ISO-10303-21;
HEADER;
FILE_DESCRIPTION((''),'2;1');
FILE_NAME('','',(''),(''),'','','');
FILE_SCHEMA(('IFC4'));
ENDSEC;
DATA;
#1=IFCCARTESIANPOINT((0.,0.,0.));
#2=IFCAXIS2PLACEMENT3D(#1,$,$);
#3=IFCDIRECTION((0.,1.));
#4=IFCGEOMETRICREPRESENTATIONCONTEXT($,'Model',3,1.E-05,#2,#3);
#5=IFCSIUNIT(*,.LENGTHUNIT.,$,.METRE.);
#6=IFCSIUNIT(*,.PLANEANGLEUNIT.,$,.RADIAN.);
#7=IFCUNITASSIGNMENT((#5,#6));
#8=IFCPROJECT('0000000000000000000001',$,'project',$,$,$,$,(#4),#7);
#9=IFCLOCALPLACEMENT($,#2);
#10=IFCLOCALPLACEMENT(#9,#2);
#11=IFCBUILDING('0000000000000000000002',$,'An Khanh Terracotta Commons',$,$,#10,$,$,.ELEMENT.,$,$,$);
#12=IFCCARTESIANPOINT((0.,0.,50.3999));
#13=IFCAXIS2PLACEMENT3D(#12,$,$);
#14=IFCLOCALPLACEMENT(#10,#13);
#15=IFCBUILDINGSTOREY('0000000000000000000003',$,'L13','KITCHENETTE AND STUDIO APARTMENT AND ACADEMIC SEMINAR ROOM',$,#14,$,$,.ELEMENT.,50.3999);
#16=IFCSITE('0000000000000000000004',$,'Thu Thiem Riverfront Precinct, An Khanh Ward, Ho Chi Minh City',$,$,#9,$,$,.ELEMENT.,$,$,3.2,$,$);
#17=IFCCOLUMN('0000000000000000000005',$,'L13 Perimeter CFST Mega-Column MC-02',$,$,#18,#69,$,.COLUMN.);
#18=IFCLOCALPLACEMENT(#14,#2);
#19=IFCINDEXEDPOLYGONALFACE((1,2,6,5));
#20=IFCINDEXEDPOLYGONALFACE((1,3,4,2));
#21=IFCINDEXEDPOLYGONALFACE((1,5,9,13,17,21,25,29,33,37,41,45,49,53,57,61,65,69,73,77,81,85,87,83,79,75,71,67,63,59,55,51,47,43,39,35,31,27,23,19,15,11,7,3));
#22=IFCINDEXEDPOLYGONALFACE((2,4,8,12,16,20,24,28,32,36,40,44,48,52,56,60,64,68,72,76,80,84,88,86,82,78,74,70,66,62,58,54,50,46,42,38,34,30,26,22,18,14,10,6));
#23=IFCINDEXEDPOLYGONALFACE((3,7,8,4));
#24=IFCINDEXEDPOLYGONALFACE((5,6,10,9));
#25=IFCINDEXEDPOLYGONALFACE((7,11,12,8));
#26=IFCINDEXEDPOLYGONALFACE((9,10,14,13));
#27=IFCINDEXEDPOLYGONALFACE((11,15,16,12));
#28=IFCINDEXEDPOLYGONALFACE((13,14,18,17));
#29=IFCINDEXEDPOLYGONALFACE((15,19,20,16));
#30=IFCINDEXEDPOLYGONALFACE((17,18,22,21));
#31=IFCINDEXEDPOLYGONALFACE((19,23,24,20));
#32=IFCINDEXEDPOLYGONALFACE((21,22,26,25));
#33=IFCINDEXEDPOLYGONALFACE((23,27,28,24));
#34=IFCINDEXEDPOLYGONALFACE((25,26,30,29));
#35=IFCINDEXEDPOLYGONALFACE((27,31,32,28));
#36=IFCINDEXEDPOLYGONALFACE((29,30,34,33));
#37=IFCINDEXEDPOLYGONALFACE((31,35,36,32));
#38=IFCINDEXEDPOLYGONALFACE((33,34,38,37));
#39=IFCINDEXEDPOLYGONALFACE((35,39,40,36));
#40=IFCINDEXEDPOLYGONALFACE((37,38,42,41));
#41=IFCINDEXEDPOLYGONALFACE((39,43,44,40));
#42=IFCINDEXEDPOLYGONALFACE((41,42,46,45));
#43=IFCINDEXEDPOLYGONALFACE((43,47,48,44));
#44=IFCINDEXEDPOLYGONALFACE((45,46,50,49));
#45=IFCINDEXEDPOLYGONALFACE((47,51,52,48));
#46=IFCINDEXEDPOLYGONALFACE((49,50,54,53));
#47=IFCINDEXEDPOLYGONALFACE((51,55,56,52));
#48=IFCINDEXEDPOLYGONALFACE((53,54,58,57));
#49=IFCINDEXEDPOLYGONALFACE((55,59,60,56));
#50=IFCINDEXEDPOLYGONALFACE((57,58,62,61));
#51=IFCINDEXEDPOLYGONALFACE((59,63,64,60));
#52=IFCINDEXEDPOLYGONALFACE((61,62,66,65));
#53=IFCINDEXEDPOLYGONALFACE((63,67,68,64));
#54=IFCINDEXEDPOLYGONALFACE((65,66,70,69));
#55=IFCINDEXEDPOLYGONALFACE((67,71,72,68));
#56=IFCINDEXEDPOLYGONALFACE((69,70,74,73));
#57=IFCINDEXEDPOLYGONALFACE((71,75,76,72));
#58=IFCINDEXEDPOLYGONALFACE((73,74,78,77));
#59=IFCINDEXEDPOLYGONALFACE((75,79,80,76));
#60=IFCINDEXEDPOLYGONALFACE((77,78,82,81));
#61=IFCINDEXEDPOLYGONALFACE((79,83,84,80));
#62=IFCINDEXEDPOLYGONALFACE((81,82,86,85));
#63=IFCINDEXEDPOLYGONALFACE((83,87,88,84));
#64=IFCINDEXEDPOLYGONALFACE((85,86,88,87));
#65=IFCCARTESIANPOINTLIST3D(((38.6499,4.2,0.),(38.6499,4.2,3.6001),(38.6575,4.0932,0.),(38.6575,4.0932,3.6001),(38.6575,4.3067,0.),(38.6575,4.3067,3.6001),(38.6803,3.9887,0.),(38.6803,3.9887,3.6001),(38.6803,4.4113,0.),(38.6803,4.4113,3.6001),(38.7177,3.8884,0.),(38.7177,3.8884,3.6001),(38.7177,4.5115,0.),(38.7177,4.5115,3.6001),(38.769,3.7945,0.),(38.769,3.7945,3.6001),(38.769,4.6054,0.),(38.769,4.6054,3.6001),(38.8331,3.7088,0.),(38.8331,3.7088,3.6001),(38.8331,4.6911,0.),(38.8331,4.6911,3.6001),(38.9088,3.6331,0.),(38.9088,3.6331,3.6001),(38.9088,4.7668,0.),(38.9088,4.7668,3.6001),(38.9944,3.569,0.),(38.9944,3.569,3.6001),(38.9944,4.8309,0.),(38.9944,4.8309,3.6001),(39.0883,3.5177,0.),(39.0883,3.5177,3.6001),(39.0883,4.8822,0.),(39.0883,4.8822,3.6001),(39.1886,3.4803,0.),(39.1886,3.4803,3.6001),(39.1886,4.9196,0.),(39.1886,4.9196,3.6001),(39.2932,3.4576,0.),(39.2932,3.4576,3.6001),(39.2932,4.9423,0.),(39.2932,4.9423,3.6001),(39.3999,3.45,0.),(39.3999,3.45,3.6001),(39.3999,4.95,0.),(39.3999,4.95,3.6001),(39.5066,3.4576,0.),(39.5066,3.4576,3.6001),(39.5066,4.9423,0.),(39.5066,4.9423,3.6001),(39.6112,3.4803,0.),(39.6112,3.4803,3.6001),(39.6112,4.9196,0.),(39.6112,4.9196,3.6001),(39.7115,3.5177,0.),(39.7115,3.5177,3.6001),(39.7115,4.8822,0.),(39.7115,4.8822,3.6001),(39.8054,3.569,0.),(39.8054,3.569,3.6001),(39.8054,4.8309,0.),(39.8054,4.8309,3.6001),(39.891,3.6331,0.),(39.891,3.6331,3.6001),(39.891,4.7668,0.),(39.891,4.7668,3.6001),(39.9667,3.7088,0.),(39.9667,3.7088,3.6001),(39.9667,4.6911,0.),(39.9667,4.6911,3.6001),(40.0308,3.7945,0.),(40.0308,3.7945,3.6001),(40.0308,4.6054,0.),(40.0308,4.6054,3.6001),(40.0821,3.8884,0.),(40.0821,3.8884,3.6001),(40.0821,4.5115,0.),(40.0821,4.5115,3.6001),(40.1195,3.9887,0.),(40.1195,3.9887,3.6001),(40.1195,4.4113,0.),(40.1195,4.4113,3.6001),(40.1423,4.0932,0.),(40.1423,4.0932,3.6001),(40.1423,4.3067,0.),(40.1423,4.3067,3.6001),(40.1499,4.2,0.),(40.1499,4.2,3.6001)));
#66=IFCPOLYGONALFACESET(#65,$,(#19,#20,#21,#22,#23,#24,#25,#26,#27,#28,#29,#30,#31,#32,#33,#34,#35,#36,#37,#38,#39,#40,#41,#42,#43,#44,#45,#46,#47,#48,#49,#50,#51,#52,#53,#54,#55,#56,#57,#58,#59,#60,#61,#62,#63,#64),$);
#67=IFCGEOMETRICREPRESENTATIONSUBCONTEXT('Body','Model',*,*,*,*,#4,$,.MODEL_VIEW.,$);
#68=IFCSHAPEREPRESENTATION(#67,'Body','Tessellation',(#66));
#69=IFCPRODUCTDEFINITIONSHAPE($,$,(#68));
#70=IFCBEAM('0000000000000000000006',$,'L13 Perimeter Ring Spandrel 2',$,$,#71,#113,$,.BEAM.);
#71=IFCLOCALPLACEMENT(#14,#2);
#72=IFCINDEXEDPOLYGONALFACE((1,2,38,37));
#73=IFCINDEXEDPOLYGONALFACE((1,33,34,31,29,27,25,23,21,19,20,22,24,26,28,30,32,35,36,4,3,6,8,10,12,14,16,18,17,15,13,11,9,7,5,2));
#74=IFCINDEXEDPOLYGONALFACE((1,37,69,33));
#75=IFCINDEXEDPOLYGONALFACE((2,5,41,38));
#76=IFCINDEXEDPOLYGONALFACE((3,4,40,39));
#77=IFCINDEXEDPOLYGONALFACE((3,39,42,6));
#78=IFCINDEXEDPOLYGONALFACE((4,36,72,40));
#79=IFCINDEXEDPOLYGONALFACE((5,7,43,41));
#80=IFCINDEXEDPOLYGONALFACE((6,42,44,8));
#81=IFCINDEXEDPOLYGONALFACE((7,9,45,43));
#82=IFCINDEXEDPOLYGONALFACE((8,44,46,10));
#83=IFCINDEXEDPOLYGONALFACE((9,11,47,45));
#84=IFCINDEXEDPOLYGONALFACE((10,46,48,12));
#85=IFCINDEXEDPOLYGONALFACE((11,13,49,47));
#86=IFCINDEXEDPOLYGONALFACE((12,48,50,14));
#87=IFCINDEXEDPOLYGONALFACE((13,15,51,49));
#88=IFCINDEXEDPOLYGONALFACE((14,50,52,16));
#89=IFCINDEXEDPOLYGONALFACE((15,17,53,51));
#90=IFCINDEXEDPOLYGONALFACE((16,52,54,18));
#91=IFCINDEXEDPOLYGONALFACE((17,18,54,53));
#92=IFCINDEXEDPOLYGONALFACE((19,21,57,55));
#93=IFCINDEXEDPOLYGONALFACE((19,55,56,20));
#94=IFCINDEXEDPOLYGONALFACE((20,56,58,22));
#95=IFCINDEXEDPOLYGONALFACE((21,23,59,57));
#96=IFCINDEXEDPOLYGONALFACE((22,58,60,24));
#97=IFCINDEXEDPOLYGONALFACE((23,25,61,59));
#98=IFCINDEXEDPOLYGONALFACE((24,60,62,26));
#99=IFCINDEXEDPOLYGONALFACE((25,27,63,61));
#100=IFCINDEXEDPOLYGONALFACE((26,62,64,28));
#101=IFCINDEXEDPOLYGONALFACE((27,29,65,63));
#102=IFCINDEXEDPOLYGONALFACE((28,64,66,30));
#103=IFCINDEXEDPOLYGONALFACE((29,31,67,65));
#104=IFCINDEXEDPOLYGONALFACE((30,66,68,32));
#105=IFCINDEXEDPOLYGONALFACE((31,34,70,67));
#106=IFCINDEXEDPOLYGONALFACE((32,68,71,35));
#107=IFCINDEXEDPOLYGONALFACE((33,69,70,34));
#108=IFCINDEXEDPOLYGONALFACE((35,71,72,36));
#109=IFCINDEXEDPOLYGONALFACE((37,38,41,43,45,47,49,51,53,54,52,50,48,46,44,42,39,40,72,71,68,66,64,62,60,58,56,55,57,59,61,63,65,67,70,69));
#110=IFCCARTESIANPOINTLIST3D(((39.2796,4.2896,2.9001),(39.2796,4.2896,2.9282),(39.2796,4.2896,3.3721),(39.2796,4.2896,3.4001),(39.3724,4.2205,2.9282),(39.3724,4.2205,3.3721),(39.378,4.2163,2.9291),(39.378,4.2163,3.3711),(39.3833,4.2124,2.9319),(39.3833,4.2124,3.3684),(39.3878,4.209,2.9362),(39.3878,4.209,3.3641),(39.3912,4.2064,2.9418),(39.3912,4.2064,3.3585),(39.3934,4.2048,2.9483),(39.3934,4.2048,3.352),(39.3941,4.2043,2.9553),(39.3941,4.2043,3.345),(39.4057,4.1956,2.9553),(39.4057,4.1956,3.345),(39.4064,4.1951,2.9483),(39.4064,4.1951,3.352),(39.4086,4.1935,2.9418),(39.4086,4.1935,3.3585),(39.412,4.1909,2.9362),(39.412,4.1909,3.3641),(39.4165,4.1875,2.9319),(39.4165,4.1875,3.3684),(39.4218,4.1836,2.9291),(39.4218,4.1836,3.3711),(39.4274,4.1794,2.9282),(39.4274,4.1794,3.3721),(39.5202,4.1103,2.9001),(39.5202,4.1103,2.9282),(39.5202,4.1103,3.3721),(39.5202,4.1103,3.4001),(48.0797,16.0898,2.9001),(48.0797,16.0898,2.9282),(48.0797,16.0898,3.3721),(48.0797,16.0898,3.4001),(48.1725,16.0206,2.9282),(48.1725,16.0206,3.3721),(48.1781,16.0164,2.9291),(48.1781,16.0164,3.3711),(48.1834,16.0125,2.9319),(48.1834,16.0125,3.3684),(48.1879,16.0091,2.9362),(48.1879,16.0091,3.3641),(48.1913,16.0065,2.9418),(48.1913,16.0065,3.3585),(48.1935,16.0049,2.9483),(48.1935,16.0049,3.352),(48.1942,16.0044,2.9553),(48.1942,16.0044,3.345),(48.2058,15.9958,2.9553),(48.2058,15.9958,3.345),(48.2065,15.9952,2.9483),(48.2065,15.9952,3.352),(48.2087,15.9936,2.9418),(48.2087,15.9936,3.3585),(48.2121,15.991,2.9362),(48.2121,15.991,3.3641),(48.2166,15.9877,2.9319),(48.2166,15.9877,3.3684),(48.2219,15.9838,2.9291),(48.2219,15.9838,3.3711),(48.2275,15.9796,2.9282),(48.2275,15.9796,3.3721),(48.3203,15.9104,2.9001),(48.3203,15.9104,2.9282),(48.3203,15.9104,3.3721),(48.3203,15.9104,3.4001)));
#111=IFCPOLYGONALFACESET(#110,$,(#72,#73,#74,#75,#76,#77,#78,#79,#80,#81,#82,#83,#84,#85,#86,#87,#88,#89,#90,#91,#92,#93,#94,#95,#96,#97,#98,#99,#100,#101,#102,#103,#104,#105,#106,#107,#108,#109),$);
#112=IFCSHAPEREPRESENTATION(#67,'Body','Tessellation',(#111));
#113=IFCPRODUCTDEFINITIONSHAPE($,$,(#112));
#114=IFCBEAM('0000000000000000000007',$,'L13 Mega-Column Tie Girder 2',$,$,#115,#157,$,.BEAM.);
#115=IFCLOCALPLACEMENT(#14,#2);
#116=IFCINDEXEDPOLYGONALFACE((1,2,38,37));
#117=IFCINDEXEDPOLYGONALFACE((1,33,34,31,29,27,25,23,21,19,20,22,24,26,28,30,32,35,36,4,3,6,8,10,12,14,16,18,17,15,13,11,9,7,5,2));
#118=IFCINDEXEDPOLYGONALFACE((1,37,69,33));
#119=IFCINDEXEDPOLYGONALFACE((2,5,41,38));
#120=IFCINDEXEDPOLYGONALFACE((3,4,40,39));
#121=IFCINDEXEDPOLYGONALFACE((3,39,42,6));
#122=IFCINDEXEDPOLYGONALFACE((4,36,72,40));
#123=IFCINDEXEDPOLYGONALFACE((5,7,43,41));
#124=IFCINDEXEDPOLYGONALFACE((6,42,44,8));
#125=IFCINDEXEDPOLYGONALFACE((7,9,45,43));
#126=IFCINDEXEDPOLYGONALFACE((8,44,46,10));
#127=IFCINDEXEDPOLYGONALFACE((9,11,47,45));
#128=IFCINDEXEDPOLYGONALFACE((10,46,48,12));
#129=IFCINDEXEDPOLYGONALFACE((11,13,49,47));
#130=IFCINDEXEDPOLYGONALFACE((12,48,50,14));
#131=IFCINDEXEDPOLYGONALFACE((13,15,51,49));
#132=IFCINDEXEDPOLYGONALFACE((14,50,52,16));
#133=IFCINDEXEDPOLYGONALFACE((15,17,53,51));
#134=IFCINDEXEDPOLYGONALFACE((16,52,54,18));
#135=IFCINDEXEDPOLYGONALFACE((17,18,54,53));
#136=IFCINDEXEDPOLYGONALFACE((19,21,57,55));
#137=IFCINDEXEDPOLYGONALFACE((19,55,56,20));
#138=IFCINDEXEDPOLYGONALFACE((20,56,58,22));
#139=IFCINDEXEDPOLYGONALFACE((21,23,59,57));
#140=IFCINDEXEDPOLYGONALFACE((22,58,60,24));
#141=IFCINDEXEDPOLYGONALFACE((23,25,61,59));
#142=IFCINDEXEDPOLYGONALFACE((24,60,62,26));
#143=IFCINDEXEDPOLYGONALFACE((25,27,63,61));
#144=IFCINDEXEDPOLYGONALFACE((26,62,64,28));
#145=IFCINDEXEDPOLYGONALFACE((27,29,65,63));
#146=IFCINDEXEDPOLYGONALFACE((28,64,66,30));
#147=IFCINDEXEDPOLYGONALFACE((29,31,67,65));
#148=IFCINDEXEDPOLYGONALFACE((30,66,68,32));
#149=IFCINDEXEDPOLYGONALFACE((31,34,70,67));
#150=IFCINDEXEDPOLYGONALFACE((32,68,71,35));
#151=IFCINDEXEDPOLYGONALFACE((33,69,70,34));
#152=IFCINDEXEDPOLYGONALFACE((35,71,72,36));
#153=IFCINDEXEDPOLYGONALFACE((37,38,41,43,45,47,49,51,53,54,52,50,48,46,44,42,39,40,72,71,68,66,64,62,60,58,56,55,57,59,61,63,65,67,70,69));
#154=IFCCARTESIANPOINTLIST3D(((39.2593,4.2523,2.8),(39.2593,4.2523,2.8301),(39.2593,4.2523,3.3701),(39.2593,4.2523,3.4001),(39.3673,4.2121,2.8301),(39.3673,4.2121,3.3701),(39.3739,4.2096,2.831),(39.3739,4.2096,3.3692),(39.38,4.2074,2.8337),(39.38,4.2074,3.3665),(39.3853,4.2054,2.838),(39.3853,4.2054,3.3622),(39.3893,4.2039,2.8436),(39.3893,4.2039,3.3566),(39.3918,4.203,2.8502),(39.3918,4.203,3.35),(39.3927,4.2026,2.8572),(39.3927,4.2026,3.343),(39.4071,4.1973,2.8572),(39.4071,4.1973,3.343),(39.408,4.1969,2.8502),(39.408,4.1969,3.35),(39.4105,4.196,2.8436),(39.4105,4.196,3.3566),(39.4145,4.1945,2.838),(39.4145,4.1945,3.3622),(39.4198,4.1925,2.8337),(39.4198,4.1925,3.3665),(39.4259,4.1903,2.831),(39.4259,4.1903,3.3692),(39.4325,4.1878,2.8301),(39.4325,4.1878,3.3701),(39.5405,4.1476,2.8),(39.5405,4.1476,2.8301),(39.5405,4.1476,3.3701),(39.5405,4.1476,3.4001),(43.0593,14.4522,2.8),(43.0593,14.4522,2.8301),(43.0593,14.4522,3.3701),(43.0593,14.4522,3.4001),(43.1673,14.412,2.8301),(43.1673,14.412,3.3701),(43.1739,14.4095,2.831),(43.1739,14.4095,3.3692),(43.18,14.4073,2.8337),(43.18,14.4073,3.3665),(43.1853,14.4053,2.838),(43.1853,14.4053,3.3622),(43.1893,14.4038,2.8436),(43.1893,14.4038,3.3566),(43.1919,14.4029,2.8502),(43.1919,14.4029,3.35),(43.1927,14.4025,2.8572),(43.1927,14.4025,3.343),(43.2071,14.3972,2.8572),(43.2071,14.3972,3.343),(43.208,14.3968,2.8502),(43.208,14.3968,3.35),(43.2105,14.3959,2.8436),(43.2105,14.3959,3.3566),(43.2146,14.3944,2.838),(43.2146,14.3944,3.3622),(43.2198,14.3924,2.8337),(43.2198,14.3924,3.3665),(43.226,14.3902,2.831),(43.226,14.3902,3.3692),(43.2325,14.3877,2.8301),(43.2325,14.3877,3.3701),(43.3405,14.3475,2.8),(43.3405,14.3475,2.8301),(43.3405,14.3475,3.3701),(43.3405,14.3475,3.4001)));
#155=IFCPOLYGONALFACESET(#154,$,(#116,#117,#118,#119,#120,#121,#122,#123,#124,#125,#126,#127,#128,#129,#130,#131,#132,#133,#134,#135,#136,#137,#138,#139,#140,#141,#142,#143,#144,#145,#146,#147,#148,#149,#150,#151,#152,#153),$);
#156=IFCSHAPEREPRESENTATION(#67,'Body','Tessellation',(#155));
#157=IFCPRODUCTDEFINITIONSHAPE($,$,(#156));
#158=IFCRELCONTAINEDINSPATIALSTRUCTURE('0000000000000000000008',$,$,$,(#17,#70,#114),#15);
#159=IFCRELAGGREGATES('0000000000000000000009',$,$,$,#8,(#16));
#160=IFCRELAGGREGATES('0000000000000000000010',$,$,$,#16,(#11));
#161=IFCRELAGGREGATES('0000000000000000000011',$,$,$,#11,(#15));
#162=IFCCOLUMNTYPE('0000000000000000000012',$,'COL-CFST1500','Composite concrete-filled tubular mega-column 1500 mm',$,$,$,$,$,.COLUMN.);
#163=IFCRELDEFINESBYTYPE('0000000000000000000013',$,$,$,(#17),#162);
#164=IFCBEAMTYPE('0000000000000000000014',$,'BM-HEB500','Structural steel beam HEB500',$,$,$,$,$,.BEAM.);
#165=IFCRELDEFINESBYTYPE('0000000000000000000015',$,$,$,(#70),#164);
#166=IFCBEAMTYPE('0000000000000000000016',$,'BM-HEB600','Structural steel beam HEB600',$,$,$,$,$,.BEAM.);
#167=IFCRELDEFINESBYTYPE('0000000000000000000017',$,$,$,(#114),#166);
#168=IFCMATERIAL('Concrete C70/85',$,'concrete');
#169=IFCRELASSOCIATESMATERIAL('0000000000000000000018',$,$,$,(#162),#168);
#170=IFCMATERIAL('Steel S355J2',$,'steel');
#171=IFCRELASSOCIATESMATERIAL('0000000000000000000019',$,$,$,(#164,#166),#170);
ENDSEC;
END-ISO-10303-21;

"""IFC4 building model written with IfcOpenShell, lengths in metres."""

from ifc_helpers import new_model, si_unit, direction, frame, origin, origin_2d, place, context, subcontext, project, spatial, circle, i_section, extrude, material, material_profile, profile_set, type_object, element, save


model = new_model("IFC4")

# Units and contexts
model_context = context("Model", 3, precision=1e-05, world=origin(), true_north=direction((0.0, 1.0)))
body_context = subcontext(model_context, "Body", "Model", "MODEL_VIEW")
ifc_project = project(units=[si_unit("LENGTHUNIT", "METRE"), si_unit("PLANEANGLEUNIT", "RADIAN")], contexts=[model_context])

# Site, building, storey
site_placement = place(None, origin())
site = spatial("IfcSite", under=ifc_project, at=site_placement, Name="Thu Thiem Riverfront Precinct, An Khanh Ward, Ho Chi Minh City", CompositionType="ELEMENT", RefElevation=3.2)
building_placement = place(site_placement, origin())
building = spatial("IfcBuilding", under=site, at=building_placement, Name="An Khanh Terracotta Commons", CompositionType="ELEMENT")
storey_placement = place(building_placement, frame((0.0, 0.0, 50.3999)))
storey = spatial("IfcBuildingStorey", under=building, at=storey_placement, Name="L13", Description="KITCHENETTE AND STUDIO APARTMENT AND ACADEMIC SEMINAR ROOM", CompositionType="ELEMENT", Elevation=50.3999)

# Column
ifc_material_1 = material(Name="Concrete C70/85", Category="concrete")
ifc_material_profile_1 = material_profile(ifc_material_1, circle(Radius=0.75, at=origin_2d()), Name="CFST1500")
ifc_profile_set_1 = profile_set([ifc_material_profile_1], Name="Concrete C70/85")
column_type = type_object("IfcColumnType", Name="COL-CFST1500", Description="Composite concrete-filled tubular mega-column 1500 mm", PredefinedType="COLUMN", material=ifc_profile_set_1)
column_placement = place(storey_placement, frame((39.3999, 4.2, 0.0), z_axis=(0.0, 0.0, 1.0), x_axis=(1.0, 0.0, 0.0)))
element("IfcColumn", 1, at=column_placement, inside=storey, type_object=column_type, Name="L13 Perimeter CFST Mega-Column MC-02", PredefinedType="COLUMN", context=body_context, shape_type="SweptSolid", body=[
    extrude(circle(Radius=0.75, at=origin_2d()), origin(), (0.0, 0.0, 1.0), 3.6001),
])

# Beams
ifc_material_2 = material(Name="Steel S355J2", Category="steel")
ifc_material_profile_2 = material_profile(ifc_material_2, i_section(OverallWidth=0.3, OverallDepth=0.5, WebThickness=0.0144, FlangeThickness=0.0281, FilletRadius=0.0271, at=origin_2d()), Name="HEB500")
ifc_profile_set_2 = profile_set([ifc_material_profile_2], Name="Steel S355J2")
beam_type_1 = type_object("IfcBeamType", Name="BM-HEB500", Description="Structural steel beam HEB500", PredefinedType="BEAM", material=ifc_profile_set_2)
beam_1_placement = place(storey_placement, frame((39.3999, 4.2, 3.1501), z_axis=(0.597824, 0.801627, 0.0), x_axis=(-0.801627, 0.597824, 0.0)))
element("IfcBeam", 2, at=beam_1_placement, inside=storey, type_object=beam_type_1, Name="L13 Perimeter Ring Spandrel 2", PredefinedType="BEAM", context=body_context, shape_type="SweptSolid", body=[
    extrude(i_section(OverallWidth=0.3, OverallDepth=0.5, WebThickness=0.0144, FlangeThickness=0.0281, FilletRadius=0.0271, at=origin_2d()), origin(), (0.0, 0.0, 1.0), 14.7202),
])
ifc_material_profile_3 = material_profile(ifc_material_2, i_section(OverallWidth=0.3, OverallDepth=0.6001, WebThickness=0.0154, FlangeThickness=0.03, FilletRadius=0.0271, at=origin_2d()), Name="HEB600")
ifc_profile_set_3 = profile_set([ifc_material_profile_3], Name="Steel S355J2")
beam_type_2 = type_object("IfcBeamType", Name="BM-HEB600", Description="Structural steel beam HEB600", PredefinedType="BEAM", material=ifc_profile_set_3)
beam_2_placement = place(storey_placement, frame((39.3999, 4.2, 3.1001), z_axis=(0.349114, 0.93708, 0.0), x_axis=(-0.93708, 0.349114, 0.0)))
element("IfcBeam", 3, at=beam_2_placement, inside=storey, type_object=beam_type_2, Name="L13 Mega-Column Tie Girder 2", PredefinedType="BEAM", context=body_context, shape_type="SweptSolid", body=[
    extrude(i_section(OverallWidth=0.3, OverallDepth=0.6001, WebThickness=0.0154, FlangeThickness=0.03, FilletRadius=0.0271, at=origin_2d()), origin(), (0.0, 0.0, 1.0), 10.8848),
])

save(model, "model.ifc")
